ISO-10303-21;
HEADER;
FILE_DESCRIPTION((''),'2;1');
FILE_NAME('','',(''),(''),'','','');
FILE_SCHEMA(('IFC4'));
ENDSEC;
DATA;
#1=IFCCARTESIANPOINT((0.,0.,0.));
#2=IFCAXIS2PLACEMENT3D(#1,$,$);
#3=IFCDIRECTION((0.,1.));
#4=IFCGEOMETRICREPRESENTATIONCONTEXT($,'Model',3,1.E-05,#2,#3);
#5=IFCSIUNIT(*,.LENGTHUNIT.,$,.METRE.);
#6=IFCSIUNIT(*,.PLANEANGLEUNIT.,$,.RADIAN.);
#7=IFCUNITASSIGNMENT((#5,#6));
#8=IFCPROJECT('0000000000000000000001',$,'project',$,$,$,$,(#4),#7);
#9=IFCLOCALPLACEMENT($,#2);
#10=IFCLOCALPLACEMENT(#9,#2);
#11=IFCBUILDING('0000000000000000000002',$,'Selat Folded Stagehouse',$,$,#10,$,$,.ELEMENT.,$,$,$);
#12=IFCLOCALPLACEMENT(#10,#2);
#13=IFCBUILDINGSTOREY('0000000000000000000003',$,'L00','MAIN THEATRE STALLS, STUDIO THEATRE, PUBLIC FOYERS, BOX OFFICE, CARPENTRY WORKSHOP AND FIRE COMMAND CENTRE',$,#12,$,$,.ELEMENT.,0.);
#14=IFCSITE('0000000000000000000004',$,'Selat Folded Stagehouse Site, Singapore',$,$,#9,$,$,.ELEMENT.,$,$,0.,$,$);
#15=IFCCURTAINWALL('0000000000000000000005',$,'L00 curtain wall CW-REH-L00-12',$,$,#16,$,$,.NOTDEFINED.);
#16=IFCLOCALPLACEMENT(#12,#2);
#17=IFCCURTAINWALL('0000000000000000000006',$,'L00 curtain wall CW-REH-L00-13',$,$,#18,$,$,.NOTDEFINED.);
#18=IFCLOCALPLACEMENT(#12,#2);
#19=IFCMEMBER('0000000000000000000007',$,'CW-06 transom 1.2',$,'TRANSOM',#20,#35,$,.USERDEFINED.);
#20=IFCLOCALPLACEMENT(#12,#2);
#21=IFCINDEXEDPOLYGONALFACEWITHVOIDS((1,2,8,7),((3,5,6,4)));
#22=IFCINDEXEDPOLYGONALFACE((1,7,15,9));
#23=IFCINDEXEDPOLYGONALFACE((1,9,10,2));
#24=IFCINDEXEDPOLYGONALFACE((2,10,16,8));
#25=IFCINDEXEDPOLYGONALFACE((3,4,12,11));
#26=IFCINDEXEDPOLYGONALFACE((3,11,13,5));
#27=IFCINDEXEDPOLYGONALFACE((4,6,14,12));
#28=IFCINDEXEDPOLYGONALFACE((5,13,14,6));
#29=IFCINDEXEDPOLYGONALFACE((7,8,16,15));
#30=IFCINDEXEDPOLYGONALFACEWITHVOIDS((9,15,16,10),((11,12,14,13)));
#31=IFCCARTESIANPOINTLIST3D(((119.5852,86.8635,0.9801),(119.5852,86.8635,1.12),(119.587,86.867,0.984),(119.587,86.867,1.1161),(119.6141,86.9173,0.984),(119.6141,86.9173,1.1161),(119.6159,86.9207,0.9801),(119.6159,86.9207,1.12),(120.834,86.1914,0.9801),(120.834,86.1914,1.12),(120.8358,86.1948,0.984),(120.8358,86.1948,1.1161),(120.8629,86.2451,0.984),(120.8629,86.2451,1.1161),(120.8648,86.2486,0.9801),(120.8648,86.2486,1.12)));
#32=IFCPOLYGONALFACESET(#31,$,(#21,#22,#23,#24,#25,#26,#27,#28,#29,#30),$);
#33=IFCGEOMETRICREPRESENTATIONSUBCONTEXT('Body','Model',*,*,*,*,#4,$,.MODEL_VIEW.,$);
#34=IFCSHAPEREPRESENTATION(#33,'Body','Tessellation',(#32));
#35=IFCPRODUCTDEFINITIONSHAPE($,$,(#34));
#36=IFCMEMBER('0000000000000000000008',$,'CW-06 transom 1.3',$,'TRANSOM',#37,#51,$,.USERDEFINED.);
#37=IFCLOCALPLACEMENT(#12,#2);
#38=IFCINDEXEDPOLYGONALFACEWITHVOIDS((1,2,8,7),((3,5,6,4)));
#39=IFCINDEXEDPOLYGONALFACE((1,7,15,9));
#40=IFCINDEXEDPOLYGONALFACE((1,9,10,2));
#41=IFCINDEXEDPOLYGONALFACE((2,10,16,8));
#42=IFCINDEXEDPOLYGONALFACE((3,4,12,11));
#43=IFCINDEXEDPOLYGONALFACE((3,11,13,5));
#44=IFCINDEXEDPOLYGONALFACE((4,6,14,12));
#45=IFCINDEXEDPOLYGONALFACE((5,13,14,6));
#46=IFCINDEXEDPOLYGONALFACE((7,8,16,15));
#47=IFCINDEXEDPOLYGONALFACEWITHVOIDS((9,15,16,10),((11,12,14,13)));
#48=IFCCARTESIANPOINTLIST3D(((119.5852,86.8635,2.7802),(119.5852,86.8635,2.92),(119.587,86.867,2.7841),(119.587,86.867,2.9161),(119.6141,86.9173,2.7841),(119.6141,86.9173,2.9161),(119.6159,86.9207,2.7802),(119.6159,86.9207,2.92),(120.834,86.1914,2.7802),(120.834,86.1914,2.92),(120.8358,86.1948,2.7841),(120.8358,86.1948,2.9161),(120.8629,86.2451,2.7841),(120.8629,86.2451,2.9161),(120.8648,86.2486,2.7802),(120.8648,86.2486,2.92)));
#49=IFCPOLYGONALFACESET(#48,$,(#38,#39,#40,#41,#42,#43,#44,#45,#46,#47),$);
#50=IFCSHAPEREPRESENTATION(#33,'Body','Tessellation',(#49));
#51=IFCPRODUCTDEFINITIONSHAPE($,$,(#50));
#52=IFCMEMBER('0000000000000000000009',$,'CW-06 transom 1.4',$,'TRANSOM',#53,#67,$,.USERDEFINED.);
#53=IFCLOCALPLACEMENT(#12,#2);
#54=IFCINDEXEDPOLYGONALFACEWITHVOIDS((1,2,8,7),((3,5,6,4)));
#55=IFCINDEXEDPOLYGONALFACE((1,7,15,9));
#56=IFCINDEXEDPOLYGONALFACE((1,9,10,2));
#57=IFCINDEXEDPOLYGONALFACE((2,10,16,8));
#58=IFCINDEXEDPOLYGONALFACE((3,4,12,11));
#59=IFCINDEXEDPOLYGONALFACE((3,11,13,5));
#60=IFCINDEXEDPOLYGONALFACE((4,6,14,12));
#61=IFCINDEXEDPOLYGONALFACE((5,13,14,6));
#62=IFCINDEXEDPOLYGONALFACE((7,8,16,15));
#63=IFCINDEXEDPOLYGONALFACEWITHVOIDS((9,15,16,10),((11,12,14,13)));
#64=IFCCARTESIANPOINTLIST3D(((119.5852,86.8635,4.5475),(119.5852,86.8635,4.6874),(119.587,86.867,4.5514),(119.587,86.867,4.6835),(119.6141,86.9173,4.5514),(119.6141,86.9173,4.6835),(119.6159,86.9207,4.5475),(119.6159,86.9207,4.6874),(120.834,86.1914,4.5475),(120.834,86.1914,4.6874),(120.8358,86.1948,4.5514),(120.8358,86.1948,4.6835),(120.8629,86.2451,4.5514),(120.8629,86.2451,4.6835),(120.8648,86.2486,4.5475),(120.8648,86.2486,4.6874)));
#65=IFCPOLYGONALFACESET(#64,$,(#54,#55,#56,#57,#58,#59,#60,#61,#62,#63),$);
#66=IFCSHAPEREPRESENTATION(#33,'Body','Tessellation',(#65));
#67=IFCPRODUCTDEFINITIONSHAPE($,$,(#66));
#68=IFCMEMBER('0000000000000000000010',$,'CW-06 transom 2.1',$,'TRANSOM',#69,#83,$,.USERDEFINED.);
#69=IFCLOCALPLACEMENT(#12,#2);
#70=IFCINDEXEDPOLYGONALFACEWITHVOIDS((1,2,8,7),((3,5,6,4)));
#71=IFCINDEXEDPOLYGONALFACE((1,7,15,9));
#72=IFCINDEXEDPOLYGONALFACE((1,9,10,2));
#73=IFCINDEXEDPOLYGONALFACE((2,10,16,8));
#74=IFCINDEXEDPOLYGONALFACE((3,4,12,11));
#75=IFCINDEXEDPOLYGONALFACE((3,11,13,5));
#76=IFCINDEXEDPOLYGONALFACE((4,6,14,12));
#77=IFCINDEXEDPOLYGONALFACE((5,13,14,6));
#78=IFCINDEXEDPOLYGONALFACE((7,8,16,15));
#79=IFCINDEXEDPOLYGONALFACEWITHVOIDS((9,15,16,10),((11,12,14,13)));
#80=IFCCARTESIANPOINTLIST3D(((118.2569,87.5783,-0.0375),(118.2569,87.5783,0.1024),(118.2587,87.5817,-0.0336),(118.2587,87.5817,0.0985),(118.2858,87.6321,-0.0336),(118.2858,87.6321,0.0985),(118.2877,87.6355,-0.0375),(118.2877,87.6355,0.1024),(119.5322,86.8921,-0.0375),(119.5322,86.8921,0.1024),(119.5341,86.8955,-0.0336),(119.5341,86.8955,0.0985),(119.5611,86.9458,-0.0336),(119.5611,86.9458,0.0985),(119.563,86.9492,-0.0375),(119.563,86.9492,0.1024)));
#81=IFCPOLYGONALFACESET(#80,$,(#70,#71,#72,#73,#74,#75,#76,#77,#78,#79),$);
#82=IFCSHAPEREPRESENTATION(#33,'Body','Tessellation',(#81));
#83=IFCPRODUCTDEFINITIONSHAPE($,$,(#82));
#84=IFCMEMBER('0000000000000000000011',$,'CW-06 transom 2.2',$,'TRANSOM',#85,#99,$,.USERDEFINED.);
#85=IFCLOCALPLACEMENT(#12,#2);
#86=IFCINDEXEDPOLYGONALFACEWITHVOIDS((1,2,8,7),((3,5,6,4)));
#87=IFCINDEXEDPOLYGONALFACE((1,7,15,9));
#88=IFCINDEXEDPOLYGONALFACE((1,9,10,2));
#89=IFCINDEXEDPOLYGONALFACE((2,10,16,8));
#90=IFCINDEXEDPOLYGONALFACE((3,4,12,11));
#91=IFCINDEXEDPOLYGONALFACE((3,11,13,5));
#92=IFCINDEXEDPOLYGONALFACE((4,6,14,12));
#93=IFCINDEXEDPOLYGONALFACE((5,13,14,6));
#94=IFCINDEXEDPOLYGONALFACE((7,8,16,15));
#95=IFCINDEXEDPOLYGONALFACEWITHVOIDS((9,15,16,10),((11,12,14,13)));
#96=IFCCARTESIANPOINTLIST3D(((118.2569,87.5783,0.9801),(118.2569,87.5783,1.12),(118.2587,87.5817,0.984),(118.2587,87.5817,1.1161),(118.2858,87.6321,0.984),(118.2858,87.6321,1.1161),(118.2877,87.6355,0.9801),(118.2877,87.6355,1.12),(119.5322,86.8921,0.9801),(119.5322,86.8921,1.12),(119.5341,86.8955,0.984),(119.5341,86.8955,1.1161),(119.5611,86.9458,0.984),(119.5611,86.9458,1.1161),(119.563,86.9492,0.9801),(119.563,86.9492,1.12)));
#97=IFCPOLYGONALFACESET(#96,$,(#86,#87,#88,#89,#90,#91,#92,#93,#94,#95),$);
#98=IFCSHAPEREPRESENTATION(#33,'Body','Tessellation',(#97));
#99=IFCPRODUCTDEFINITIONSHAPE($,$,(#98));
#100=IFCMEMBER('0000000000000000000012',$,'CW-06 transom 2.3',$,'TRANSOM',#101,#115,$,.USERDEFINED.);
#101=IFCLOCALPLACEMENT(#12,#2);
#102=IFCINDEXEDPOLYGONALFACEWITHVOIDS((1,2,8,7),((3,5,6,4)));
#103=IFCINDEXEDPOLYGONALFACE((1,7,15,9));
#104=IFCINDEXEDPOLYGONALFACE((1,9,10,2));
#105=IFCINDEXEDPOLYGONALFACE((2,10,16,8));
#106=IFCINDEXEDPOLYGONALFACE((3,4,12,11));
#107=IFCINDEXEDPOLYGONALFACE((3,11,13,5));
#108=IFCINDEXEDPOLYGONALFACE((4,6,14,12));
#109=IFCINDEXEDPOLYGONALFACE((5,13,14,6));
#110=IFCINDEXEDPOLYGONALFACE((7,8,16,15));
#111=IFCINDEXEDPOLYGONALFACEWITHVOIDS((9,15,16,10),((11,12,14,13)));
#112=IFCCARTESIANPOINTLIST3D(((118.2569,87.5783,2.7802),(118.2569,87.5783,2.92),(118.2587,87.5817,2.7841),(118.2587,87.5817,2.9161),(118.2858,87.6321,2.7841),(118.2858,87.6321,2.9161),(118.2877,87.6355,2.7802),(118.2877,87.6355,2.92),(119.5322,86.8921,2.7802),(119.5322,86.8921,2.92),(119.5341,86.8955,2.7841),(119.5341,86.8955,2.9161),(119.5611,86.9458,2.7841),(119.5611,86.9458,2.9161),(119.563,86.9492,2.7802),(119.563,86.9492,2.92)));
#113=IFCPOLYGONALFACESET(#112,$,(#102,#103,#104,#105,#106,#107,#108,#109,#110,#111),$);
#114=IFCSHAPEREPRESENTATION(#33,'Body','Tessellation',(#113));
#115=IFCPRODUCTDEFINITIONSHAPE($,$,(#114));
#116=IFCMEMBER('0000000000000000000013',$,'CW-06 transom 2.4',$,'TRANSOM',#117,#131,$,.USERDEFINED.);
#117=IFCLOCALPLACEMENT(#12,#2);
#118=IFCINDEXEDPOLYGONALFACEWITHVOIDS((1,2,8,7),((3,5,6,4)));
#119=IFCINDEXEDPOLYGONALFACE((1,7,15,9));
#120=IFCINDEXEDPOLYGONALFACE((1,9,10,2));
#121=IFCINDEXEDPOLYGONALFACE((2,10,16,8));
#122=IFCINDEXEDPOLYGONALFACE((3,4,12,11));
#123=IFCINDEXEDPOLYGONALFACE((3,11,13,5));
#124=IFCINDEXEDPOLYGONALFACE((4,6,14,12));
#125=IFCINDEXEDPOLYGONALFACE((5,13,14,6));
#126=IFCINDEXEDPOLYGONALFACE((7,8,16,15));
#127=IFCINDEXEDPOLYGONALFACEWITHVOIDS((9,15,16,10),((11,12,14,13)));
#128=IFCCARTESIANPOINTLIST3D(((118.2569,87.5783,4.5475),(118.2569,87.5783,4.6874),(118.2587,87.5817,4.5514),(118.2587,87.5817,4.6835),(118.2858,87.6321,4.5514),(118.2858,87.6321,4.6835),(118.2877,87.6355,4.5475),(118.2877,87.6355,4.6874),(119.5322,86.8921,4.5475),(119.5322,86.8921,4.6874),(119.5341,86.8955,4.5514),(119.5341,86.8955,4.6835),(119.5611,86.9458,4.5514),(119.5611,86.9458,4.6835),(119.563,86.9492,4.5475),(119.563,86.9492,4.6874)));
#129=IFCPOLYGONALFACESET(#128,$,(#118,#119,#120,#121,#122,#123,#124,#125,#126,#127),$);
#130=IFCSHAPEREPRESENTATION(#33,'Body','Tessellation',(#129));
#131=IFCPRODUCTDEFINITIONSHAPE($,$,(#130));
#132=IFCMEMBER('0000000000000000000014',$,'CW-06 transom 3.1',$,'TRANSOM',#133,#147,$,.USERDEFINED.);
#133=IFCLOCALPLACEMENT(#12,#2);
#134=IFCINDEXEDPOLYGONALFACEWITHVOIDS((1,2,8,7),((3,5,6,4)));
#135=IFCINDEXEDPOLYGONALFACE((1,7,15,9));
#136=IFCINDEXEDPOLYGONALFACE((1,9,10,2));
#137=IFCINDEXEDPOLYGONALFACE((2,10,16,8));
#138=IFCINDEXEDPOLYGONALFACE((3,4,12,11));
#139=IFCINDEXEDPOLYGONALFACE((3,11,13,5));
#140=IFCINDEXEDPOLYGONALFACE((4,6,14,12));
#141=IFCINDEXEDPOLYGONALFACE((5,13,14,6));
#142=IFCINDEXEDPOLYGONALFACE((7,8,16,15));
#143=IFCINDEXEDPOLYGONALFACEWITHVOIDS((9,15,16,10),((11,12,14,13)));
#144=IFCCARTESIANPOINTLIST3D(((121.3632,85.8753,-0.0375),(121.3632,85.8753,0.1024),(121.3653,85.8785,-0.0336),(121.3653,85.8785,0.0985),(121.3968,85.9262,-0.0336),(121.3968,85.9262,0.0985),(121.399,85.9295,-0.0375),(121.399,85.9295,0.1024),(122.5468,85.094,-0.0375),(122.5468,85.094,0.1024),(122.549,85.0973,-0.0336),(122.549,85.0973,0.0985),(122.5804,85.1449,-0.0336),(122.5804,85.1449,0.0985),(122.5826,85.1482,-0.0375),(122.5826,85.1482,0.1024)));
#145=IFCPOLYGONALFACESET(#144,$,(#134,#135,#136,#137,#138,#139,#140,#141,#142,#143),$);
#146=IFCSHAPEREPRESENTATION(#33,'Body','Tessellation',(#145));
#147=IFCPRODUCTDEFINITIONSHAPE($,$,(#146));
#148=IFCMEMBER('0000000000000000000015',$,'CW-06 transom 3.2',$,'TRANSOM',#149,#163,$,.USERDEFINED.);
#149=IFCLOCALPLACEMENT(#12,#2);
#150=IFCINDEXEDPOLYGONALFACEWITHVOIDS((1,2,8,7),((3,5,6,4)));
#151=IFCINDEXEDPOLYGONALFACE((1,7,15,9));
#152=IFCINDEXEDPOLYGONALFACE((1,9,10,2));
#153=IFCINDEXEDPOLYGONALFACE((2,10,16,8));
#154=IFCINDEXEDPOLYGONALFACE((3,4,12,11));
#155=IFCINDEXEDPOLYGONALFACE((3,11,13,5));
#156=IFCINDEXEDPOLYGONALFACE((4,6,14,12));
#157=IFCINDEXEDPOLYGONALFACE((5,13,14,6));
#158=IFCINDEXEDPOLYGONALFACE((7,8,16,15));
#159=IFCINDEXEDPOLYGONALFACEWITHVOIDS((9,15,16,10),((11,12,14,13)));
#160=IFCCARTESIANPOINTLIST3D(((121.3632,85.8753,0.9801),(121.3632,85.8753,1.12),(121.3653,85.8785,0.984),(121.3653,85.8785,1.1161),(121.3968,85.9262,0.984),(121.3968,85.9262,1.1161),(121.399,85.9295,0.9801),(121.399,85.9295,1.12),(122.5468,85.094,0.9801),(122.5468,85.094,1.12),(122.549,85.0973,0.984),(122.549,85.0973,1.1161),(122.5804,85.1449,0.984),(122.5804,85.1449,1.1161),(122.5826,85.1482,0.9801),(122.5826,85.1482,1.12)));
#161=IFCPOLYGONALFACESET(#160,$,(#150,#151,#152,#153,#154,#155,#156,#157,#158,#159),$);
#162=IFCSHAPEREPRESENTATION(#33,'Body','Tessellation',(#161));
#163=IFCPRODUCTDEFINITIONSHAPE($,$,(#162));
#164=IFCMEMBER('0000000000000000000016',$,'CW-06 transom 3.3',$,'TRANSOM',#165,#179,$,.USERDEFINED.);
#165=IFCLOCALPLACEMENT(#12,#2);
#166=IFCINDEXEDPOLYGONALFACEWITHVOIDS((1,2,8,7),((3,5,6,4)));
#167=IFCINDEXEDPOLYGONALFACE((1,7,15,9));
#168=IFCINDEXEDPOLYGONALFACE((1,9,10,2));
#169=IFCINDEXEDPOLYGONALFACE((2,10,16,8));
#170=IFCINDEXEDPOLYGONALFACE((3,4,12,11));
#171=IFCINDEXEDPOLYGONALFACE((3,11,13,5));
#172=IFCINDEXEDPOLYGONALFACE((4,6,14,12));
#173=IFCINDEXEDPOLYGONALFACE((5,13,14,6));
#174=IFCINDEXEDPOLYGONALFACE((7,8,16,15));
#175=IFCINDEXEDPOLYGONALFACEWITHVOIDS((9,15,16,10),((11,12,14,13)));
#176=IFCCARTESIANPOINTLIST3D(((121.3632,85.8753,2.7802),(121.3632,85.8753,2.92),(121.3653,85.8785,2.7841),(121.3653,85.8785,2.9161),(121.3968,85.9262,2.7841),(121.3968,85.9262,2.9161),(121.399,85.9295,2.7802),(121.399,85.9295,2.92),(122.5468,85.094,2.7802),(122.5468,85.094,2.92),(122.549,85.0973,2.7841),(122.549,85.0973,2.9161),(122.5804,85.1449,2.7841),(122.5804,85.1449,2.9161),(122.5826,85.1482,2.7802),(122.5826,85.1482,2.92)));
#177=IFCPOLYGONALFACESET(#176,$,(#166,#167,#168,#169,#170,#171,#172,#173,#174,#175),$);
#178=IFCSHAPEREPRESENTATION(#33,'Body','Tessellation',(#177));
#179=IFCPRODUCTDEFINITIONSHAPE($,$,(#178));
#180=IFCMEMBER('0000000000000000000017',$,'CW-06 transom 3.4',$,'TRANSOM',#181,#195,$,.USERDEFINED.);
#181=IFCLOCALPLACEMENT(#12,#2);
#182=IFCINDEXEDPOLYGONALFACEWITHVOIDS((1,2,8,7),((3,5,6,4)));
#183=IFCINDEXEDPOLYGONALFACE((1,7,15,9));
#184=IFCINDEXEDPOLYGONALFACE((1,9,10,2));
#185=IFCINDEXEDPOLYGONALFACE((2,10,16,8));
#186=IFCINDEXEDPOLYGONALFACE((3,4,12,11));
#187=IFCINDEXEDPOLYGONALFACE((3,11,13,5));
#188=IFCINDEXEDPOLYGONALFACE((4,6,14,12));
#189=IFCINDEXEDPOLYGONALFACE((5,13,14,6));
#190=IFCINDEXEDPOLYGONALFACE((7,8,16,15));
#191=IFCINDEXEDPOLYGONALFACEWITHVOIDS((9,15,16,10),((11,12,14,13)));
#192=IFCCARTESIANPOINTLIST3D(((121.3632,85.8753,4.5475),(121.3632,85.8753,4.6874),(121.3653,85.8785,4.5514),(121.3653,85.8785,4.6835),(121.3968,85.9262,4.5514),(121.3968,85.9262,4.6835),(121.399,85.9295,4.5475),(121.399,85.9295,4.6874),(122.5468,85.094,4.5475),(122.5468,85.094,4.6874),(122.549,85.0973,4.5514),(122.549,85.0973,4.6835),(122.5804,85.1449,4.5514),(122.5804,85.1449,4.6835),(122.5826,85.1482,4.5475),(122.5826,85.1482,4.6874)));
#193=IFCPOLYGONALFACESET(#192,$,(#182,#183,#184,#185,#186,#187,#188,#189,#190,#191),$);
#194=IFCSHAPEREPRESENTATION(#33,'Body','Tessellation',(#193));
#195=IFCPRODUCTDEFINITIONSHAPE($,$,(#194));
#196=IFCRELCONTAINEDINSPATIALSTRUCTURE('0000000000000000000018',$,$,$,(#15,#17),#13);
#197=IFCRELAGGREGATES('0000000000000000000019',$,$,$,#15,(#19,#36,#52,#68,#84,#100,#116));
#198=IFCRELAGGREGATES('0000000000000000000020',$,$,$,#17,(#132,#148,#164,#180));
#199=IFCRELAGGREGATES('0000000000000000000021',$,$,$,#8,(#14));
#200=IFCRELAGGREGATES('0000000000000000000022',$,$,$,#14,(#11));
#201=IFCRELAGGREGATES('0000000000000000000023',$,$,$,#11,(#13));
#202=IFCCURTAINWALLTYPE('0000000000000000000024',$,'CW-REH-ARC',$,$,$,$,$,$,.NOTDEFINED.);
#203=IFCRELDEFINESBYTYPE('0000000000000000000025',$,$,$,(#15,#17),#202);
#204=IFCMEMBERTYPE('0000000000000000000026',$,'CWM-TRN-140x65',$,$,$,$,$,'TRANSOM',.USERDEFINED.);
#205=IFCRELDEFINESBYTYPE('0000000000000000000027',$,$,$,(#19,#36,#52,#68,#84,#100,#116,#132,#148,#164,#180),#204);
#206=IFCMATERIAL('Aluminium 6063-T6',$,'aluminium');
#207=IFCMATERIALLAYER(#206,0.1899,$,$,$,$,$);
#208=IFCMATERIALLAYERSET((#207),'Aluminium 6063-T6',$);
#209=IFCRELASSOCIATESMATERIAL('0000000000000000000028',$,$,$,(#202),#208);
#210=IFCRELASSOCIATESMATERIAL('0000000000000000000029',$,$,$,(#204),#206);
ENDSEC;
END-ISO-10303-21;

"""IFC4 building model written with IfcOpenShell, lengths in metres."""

from ifc_helpers import new_model, si_unit, direction, frame, origin, origin_2d, place, context, subcontext, project, spatial, hollow_rectangle, extrude, material, layer, layer_set, material_profile, profile_set, type_object, element, aggregate, save


model = new_model("IFC4")

# Units and contexts
model_context = context("Model", 3, precision=1e-05, world=origin(), true_north=direction((0.0, 1.0)))
body_context = subcontext(model_context, "Body", "Model", "MODEL_VIEW")
ifc_project = project(units=[si_unit("LENGTHUNIT", "METRE"), si_unit("PLANEANGLEUNIT", "RADIAN")], contexts=[model_context])

# Site, building, storey
site_placement = place(None, origin())
site = spatial("IfcSite", under=ifc_project, at=site_placement, Name="Selat Folded Stagehouse Site, Singapore", CompositionType="ELEMENT", RefElevation=0.0)
building_placement = place(site_placement, origin())
building = spatial("IfcBuilding", under=site, at=building_placement, Name="Selat Folded Stagehouse", CompositionType="ELEMENT")
storey_placement = place(building_placement, origin())
storey = spatial("IfcBuildingStorey", under=building, at=storey_placement, Name="L00", Description="MAIN THEATRE STALLS, STUDIO THEATRE, PUBLIC FOYERS, BOX OFFICE, CARPENTRY WORKSHOP AND FIRE COMMAND CENTRE", CompositionType="ELEMENT", Elevation=0.0)

# Curtain walls
ifc_material_1 = material(Name="Aluminium 6063-T6", Category="aluminium")
ifc_layer_1 = layer(ifc_material_1, 0.1899)
ifc_layer_set_1 = layer_set([ifc_layer_1], Name="Aluminium 6063-T6")
curtain_wall_type = type_object("IfcCurtainWallType", Name="CW-REH-ARC", PredefinedType="NOTDEFINED", material=ifc_layer_set_1)
curtain_wall_1_placement = place(storey_placement, origin())
curtain_wall_1 = element("IfcCurtainWall", 1, at=curtain_wall_1_placement, inside=storey, type_object=curtain_wall_type, Name="L00 curtain wall CW-REH-L00-12", PredefinedType="NOTDEFINED")
curtain_wall_2_placement = place(storey_placement, origin())
curtain_wall_2 = element("IfcCurtainWall", 2, at=curtain_wall_2_placement, inside=storey, type_object=curtain_wall_type, Name="L00 curtain wall CW-REH-L00-13", PredefinedType="NOTDEFINED")

# Members
ifc_material_profile_1 = material_profile(ifc_material_1, hollow_rectangle(XDim=0.0649, YDim=0.1399, WallThickness=0.0039, at=origin_2d()), Name="ALU 140x65x4.0")
ifc_profile_set_1 = profile_set([ifc_material_profile_1], Name="Aluminium 6063-T6")
member_type_1 = type_object("IfcMemberType", Name="CWM-TRN-140x65", ElementType="TRANSOM", PredefinedType="USERDEFINED", material=ifc_profile_set_1)
member_1_placement = place(storey_placement, frame((120.8494, 86.22, 1.05), z_axis=(-0.88056, 0.473936, 0.0), x_axis=(-0.473936, -0.88056, 0.0)))
member_1 = element("IfcMember", 3, at=member_1_placement, type_object=member_type_1, Name="CW-06 transom 1.2", ObjectType="TRANSOM", PredefinedType="USERDEFINED", context=body_context, shape_type="SweptSolid", body=[
    extrude(hollow_rectangle(XDim=0.0649, YDim=0.1399, WallThickness=0.0039, at=origin_2d()), origin(), (0.0, 0.0, 1.0), 1.4182),
])
member_2_placement = place(storey_placement, frame((120.8494, 86.22, 2.8501), z_axis=(-0.88056, 0.473936, 0.0), x_axis=(-0.473936, -0.88056, 0.0)))
member_2 = element("IfcMember", 4, at=member_2_placement, type_object=member_type_1, Name="CW-06 transom 1.3", ObjectType="TRANSOM", PredefinedType="USERDEFINED", context=body_context, shape_type="SweptSolid", body=[
    extrude(hollow_rectangle(XDim=0.0649, YDim=0.1399, WallThickness=0.0039, at=origin_2d()), origin(), (0.0, 0.0, 1.0), 1.4182),
])
member_3_placement = place(storey_placement, frame((120.8494, 86.22, 4.6174), z_axis=(-0.88056, 0.473936, 0.0), x_axis=(-0.473936, -0.88056, 0.0)))
member_3 = element("IfcMember", 5, at=member_3_placement, type_object=member_type_1, Name="CW-06 transom 1.4", ObjectType="TRANSOM", PredefinedType="USERDEFINED", context=body_context, shape_type="SweptSolid", body=[
    extrude(hollow_rectangle(XDim=0.0649, YDim=0.1399, WallThickness=0.0039, at=origin_2d()), origin(), (0.0, 0.0, 1.0), 1.4182),
])
member_4_placement = place(storey_placement, frame((119.5476, 86.9207, 0.0325), z_axis=(-0.880606, 0.473848, 0.0), x_axis=(-0.473848, -0.880606, 0.0)))
member_4 = element("IfcMember", 6, at=member_4_placement, type_object=member_type_1, Name="CW-06 transom 2.1", ObjectType="TRANSOM", PredefinedType="USERDEFINED", context=body_context, shape_type="SweptSolid", body=[
    extrude(hollow_rectangle(XDim=0.0649, YDim=0.1399, WallThickness=0.0039, at=origin_2d()), origin(), (0.0, 0.0, 1.0), 1.4482),
])
member_5_placement = place(storey_placement, frame((119.5476, 86.9207, 1.05), z_axis=(-0.880606, 0.473848, 0.0), x_axis=(-0.473848, -0.880606, 0.0)))
member_5 = element("IfcMember", 7, at=member_5_placement, type_object=member_type_1, Name="CW-06 transom 2.2", ObjectType="TRANSOM", PredefinedType="USERDEFINED", context=body_context, shape_type="SweptSolid", body=[
    extrude(hollow_rectangle(XDim=0.0649, YDim=0.1399, WallThickness=0.0039, at=origin_2d()), origin(), (0.0, 0.0, 1.0), 1.4482),
])
member_6_placement = place(storey_placement, frame((119.5476, 86.9207, 2.8501), z_axis=(-0.880606, 0.473848, 0.0), x_axis=(-0.473848, -0.880606, 0.0)))
member_6 = element("IfcMember", 8, at=member_6_placement, type_object=member_type_1, Name="CW-06 transom 2.3", ObjectType="TRANSOM", PredefinedType="USERDEFINED", context=body_context, shape_type="SweptSolid", body=[
    extrude(hollow_rectangle(XDim=0.0649, YDim=0.1399, WallThickness=0.0039, at=origin_2d()), origin(), (0.0, 0.0, 1.0), 1.4482),
])
member_7_placement = place(storey_placement, frame((119.5476, 86.9207, 4.6174), z_axis=(-0.880606, 0.473848, 0.0), x_axis=(-0.473848, -0.880606, 0.0)))
member_7 = element("IfcMember", 9, at=member_7_placement, type_object=member_type_1, Name="CW-06 transom 2.4", ObjectType="TRANSOM", PredefinedType="USERDEFINED", context=body_context, shape_type="SweptSolid", body=[
    extrude(hollow_rectangle(XDim=0.0649, YDim=0.1399, WallThickness=0.0039, at=origin_2d()), origin(), (0.0, 0.0, 1.0), 1.4482),
])
member_8_placement = place(storey_placement, frame((122.5647, 85.1211, 0.0325), z_axis=(-0.834584, 0.550881, 0.0), x_axis=(-0.550881, -0.834584, 0.0)))
member_8 = element("IfcMember", 10, at=member_8_placement, type_object=member_type_1, Name="CW-06 transom 3.1", ObjectType="TRANSOM", PredefinedType="USERDEFINED", context=body_context, shape_type="SweptSolid", body=[
    extrude(hollow_rectangle(XDim=0.0649, YDim=0.1399, WallThickness=0.0039, at=origin_2d()), origin(), (0.0, 0.0, 1.0), 1.4182),
])
member_9_placement = place(storey_placement, frame((122.5647, 85.1211, 1.05), z_axis=(-0.834584, 0.550881, 0.0), x_axis=(-0.550881, -0.834584, 0.0)))
member_9 = element("IfcMember", 11, at=member_9_placement, type_object=member_type_1, Name="CW-06 transom 3.2", ObjectType="TRANSOM", PredefinedType="USERDEFINED", context=body_context, shape_type="SweptSolid", body=[
    extrude(hollow_rectangle(XDim=0.0649, YDim=0.1399, WallThickness=0.0039, at=origin_2d()), origin(), (0.0, 0.0, 1.0), 1.4182),
])
member_10_placement = place(storey_placement, frame((122.5647, 85.1211, 2.8501), z_axis=(-0.834584, 0.550881, 0.0), x_axis=(-0.550881, -0.834584, 0.0)))
member_10 = element("IfcMember", 12, at=member_10_placement, type_object=member_type_1, Name="CW-06 transom 3.3", ObjectType="TRANSOM", PredefinedType="USERDEFINED", context=body_context, shape_type="SweptSolid", body=[
    extrude(hollow_rectangle(XDim=0.0649, YDim=0.1399, WallThickness=0.0039, at=origin_2d()), origin(), (0.0, 0.0, 1.0), 1.4182),
])
member_11_placement = place(storey_placement, frame((122.5647, 85.1211, 4.6174), z_axis=(-0.834584, 0.550881, 0.0), x_axis=(-0.550881, -0.834584, 0.0)))
member_11 = element("IfcMember", 13, at=member_11_placement, type_object=member_type_1, Name="CW-06 transom 3.4", ObjectType="TRANSOM", PredefinedType="USERDEFINED", context=body_context, shape_type="SweptSolid", body=[
    extrude(hollow_rectangle(XDim=0.0649, YDim=0.1399, WallThickness=0.0039, at=origin_2d()), origin(), (0.0, 0.0, 1.0), 1.4182),
])

aggregate(curtain_wall_1, [member_1, member_2, member_3, member_4, member_5, member_6, member_7])
aggregate(curtain_wall_2, [member_8, member_9, member_10, member_11])

save(model, "model.ifc")
